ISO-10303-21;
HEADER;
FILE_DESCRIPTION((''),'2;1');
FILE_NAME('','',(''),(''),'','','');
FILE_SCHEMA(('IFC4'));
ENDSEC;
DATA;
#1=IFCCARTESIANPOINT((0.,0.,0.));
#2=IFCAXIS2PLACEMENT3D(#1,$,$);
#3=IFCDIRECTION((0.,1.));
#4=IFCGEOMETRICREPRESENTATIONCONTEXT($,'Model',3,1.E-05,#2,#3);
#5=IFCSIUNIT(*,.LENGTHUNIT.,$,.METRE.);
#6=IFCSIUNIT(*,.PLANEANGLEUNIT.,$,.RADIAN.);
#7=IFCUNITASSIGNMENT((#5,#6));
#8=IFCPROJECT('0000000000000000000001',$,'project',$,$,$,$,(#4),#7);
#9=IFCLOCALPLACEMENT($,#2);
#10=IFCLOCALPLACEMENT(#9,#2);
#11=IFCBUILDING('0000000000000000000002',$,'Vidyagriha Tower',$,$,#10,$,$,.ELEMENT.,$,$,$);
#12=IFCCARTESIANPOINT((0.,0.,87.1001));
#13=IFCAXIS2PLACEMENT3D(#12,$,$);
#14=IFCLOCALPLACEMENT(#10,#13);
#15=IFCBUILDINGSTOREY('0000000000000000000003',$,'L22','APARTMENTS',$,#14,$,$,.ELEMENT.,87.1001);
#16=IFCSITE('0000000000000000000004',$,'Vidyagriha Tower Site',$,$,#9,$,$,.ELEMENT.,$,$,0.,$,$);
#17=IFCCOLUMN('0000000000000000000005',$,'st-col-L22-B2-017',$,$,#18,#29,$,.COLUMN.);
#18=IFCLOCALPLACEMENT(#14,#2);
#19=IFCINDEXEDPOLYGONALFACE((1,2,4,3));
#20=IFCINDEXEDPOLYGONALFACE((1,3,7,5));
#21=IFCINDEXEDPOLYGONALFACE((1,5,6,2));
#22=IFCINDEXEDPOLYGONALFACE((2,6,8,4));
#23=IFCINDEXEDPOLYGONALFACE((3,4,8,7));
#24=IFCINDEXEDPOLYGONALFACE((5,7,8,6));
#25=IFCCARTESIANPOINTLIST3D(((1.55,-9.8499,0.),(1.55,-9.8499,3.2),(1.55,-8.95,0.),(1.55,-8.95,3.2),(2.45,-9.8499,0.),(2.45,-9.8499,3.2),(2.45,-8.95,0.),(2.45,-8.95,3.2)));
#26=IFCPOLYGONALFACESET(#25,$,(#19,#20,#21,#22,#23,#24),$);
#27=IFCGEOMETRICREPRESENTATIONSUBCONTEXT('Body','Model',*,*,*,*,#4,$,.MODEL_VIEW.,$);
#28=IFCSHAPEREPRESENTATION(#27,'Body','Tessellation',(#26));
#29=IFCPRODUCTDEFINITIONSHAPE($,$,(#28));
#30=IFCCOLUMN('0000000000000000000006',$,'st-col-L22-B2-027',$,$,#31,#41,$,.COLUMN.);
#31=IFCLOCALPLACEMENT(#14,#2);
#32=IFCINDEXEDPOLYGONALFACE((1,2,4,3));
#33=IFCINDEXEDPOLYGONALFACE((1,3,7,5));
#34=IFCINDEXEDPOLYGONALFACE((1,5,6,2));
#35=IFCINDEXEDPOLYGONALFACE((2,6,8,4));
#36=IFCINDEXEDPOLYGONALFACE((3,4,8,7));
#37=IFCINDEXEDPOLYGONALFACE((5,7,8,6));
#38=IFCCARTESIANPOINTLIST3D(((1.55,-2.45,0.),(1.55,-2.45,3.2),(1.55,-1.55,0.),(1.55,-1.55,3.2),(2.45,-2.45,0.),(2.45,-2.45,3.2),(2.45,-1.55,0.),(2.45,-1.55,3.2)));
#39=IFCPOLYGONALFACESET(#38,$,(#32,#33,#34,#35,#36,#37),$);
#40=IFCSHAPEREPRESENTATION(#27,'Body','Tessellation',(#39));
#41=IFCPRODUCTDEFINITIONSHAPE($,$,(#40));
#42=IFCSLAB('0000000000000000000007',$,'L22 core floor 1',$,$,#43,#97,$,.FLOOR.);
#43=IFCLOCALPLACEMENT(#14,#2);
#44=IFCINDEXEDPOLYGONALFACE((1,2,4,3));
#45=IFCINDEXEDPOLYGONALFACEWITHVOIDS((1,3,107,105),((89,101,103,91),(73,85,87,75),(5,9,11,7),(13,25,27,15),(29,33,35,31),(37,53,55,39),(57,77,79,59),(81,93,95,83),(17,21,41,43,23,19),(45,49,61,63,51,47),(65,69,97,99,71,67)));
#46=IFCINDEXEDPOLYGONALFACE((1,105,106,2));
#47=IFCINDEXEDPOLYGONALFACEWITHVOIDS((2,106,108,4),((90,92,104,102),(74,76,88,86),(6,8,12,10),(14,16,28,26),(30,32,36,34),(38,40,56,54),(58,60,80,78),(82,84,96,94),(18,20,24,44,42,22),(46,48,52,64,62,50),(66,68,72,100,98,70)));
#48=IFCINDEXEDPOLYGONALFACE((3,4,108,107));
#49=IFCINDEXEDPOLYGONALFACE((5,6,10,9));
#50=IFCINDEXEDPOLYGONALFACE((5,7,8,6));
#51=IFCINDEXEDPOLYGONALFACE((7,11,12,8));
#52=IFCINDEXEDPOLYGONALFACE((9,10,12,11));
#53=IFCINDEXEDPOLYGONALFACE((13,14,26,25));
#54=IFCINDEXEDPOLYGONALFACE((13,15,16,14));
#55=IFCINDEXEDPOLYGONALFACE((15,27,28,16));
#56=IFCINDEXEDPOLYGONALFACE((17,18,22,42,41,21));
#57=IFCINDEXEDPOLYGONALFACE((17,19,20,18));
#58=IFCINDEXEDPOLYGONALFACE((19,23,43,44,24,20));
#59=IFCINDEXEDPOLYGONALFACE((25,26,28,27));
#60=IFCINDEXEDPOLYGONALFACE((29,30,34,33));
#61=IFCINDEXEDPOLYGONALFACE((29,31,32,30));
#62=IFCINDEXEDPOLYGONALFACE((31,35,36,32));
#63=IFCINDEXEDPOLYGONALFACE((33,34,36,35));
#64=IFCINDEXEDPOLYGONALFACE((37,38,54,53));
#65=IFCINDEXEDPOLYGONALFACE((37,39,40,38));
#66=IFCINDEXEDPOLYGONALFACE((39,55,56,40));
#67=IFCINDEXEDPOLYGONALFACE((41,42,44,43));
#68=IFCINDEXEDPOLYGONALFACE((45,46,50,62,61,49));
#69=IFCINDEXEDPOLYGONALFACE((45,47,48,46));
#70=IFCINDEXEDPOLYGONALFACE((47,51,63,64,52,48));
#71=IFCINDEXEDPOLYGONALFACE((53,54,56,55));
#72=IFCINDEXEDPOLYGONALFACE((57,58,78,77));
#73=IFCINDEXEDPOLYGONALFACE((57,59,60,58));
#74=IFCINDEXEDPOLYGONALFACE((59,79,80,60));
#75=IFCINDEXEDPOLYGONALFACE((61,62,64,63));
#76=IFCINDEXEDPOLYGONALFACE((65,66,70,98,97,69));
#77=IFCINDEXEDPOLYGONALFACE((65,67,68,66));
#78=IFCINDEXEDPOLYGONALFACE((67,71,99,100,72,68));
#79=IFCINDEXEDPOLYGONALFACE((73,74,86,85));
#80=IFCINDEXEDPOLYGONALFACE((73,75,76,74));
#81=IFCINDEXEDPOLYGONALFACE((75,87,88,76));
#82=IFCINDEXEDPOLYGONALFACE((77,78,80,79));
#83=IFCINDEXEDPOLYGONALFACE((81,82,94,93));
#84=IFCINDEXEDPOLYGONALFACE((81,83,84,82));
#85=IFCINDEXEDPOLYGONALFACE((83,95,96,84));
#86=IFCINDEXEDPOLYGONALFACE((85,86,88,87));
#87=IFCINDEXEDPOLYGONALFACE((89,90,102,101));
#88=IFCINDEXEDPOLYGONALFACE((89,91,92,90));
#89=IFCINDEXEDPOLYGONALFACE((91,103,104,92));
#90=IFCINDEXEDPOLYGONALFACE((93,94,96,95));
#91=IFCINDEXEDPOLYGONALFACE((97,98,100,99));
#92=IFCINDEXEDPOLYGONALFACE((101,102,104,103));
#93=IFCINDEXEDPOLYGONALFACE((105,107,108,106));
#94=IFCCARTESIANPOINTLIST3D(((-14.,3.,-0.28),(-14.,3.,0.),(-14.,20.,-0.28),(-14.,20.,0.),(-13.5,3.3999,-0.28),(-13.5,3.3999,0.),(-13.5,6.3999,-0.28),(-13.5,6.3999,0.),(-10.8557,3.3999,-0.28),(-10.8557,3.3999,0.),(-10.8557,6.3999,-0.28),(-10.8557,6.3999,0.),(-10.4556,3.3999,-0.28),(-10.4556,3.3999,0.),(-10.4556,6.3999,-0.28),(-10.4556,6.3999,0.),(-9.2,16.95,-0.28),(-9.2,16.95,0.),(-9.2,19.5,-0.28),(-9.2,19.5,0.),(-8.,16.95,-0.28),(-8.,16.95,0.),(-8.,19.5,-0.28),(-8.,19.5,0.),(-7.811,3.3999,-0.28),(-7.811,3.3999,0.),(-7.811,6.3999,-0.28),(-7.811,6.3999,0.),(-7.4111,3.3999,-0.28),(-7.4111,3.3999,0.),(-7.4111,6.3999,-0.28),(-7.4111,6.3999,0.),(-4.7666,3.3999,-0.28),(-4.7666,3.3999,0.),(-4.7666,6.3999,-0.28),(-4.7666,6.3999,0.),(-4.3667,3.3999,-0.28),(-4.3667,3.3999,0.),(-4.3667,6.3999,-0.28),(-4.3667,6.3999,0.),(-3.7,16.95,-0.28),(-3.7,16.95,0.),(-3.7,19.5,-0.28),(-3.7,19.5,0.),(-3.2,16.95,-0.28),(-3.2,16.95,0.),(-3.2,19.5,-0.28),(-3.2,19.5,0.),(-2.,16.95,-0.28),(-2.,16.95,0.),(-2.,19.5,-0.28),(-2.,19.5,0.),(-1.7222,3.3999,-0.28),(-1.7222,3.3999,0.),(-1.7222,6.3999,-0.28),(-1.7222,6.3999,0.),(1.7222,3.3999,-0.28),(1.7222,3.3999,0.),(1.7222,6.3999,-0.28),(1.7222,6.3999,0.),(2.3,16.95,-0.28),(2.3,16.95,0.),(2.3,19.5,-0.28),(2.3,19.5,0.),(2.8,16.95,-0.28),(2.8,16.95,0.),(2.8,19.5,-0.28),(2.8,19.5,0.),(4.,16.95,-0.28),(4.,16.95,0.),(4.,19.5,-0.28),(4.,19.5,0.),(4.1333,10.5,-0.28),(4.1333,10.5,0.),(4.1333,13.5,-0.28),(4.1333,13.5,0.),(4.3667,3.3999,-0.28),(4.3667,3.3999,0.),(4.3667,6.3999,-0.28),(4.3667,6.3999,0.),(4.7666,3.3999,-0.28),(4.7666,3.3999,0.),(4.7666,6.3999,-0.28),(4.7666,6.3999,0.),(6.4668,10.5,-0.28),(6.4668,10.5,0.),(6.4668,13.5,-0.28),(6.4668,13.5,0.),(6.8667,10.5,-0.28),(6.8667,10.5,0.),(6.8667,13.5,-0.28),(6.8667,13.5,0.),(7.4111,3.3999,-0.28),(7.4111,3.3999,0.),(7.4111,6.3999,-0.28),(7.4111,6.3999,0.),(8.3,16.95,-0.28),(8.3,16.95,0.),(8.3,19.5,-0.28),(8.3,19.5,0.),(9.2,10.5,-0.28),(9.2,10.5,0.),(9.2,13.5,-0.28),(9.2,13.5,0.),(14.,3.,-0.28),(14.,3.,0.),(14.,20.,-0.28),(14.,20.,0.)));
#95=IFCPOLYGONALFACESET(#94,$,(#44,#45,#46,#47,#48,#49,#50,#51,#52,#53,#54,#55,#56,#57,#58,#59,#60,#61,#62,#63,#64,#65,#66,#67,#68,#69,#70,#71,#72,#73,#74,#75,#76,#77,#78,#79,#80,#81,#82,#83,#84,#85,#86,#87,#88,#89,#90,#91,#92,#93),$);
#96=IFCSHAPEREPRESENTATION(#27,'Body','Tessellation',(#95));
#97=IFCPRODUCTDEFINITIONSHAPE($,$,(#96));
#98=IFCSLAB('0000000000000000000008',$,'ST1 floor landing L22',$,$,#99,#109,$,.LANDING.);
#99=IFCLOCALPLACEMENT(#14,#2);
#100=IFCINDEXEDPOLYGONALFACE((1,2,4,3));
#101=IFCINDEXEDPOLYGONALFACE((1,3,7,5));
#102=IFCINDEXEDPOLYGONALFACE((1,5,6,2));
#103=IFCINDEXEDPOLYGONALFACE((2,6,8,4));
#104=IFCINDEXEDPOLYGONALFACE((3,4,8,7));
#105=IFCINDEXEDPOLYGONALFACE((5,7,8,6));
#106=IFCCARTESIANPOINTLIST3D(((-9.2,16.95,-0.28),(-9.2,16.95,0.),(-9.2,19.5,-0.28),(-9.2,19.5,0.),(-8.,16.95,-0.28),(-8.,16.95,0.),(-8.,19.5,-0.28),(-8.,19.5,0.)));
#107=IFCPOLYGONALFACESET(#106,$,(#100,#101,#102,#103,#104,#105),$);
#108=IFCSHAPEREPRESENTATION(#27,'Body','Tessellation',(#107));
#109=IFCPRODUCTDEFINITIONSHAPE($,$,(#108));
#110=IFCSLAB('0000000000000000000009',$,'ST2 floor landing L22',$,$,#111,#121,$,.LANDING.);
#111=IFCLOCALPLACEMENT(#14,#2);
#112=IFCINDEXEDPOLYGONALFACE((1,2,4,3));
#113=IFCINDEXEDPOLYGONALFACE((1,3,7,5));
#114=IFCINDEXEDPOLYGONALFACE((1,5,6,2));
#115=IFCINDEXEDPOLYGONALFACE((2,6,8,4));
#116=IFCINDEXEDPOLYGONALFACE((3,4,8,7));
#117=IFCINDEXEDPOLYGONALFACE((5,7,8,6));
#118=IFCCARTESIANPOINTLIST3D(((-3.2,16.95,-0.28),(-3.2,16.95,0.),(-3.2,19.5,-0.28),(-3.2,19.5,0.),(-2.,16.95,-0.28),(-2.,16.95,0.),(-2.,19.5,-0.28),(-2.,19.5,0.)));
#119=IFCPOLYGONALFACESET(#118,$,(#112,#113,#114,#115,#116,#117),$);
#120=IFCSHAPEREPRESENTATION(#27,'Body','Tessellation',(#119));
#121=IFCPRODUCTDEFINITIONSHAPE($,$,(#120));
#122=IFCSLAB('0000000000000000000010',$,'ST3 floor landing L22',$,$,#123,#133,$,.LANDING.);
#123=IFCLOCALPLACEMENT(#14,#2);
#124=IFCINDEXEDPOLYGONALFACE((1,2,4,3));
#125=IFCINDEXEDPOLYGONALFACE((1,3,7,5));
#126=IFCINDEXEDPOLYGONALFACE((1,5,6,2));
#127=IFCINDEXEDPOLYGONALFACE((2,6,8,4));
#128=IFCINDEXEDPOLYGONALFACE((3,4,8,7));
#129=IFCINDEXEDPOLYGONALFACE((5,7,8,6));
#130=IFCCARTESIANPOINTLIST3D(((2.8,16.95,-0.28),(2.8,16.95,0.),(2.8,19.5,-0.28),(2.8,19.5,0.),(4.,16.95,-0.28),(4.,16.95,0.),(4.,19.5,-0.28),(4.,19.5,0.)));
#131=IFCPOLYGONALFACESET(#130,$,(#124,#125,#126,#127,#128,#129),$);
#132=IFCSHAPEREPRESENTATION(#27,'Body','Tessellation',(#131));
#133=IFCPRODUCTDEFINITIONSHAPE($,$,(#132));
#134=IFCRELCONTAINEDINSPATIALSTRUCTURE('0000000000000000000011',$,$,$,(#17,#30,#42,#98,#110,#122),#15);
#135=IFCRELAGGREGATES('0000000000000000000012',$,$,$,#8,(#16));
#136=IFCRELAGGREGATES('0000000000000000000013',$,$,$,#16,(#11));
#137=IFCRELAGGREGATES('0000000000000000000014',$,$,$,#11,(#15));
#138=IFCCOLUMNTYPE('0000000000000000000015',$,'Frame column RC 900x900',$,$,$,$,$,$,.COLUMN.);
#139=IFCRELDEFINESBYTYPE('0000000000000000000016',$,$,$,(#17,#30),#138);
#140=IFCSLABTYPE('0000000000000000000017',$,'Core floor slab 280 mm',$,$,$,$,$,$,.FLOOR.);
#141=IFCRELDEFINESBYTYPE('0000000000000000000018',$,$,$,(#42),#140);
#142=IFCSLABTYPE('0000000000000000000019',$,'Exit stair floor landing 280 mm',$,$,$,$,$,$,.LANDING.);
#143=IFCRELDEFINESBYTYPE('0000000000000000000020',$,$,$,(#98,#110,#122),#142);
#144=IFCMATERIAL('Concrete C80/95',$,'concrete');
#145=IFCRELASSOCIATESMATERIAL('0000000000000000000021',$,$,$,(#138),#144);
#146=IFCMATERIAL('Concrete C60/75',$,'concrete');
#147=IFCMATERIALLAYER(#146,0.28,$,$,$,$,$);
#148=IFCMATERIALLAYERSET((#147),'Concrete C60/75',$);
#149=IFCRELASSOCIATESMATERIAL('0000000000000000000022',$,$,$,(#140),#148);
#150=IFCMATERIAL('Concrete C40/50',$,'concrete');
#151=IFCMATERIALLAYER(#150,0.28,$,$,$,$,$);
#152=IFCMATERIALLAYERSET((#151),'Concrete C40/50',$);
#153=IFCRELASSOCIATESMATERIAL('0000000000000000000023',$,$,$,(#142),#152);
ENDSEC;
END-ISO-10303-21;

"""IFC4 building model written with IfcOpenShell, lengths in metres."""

from ifc_helpers import new_model, si_unit, direction, frame, origin, origin_2d, place, context, subcontext, project, spatial, polyline, rectangle, outline, extrude, material, layer, layer_set, material_profile, profile_set, type_object, element, save


model = new_model("IFC4")

# Units and contexts
model_context = context("Model", 3, precision=1e-05, world=origin(), true_north=direction((0.0, 1.0)))
body_context = subcontext(model_context, "Body", "Model", "MODEL_VIEW")
ifc_project = project(units=[si_unit("LENGTHUNIT", "METRE"), si_unit("PLANEANGLEUNIT", "RADIAN")], contexts=[model_context])

# Site, building, storey
site_placement = place(None, origin())
site = spatial("IfcSite", under=ifc_project, at=site_placement, Name="Vidyagriha Tower Site", CompositionType="ELEMENT", RefElevation=0.0)
building_placement = place(site_placement, origin())
building = spatial("IfcBuilding", under=site, at=building_placement, Name="Vidyagriha Tower", CompositionType="ELEMENT")
storey_placement = place(building_placement, frame((0.0, 0.0, 87.1001)))
storey = spatial("IfcBuildingStorey", under=building, at=storey_placement, Name="L22", Description="APARTMENTS", CompositionType="ELEMENT", Elevation=87.1001)

# Columns
ifc_material_1 = material(Name="Concrete C80/95", Category="concrete")
ifc_material_profile = material_profile(ifc_material_1, rectangle(XDim=0.8999, YDim=0.8999, at=origin_2d()), Name="RC 900x900")
ifc_profile_set = profile_set([ifc_material_profile], Name="Concrete C80/95")
column_type = type_object("IfcColumnType", Name="Frame column RC 900x900", PredefinedType="COLUMN", material=ifc_profile_set)
for number, where, name in (
    (1, (2.0, -9.3999, 0.0), "st-col-L22-B2-017"),
    (2, (2.0, -2.0, 0.0), "st-col-L22-B2-027"),
):
    element("IfcColumn", number, at=place(storey_placement, frame(where)), inside=storey, type_object=column_type, Name=name, PredefinedType="COLUMN", context=body_context, shape_type="SweptSolid", body=[
        extrude(rectangle(XDim=0.8999, YDim=0.8999, at=origin_2d()), origin(), (0.0, 0.0, 1.0), 3.2),
    ])

# Slabs
ifc_material_2 = material(Name="Concrete C60/75", Category="concrete")
ifc_layer_1 = layer(ifc_material_2, 0.28)
ifc_layer_set_1 = layer_set([ifc_layer_1], Name="Concrete C60/75")
slab_type_1 = type_object("IfcSlabType", Name="Core floor slab 280 mm", PredefinedType="FLOOR", material=ifc_layer_set_1)
slab_1_placement = place(storey_placement, frame((0.0, 0.0, -0.28)))
element("IfcSlab", 3, at=slab_1_placement, inside=storey, type_object=slab_type_1, Name="L22 core floor 1", PredefinedType="FLOOR", context=body_context, shape_type="SweptSolid", body=[
    extrude(outline(polyline([(-14.0, 3.0), (-14.0, 20.0), (14.0, 20.0), (14.0, 3.0), (-14.0, 3.0)]), holes=[polyline([(9.2, 13.5), (6.8667, 13.5), (6.8667, 10.5), (9.2, 10.5), (9.2, 13.5)]), polyline([(4.0, 19.5), (2.8, 19.5), (2.8, 16.95), (4.0, 16.95), (8.3, 16.95), (8.3, 19.5), (4.0, 19.5)]), polyline([(7.4111, 6.3999), (4.7666, 6.3999), (4.7666, 3.3999), (7.4111, 3.3999), (7.4111, 6.3999)]), polyline([(6.4668, 13.5), (4.1333, 13.5), (4.1333, 10.5), (6.4668, 10.5), (6.4668, 13.5)]), polyline([(1.7222, 6.3999), (1.7222, 3.3999), (4.3667, 3.3999), (4.3667, 6.3999), (1.7222, 6.3999)]), polyline([(-2.0, 16.95), (2.3, 16.95), (2.3, 19.5), (-2.0, 19.5), (-3.2, 19.5), (-3.2, 16.95), (-2.0, 16.95)]), polyline([(-1.7222, 6.3999), (-4.3667, 6.3999), (-4.3667, 3.3999), (-1.7222, 3.3999), (-1.7222, 6.3999)]), polyline([(-8.0, 19.5), (-9.2, 19.5), (-9.2, 16.95), (-8.0, 16.95), (-3.7, 16.95), (-3.7, 19.5), (-8.0, 19.5)]), polyline([(-4.7666, 6.3999), (-7.4111, 6.3999), (-7.4111, 3.3999), (-4.7666, 3.3999), (-4.7666, 6.3999)]), polyline([(-7.811, 6.3999), (-10.4556, 6.3999), (-10.4556, 3.3999), (-7.811, 3.3999), (-7.811, 6.3999)]), polyline([(-13.5, 6.3999), (-13.5, 3.3999), (-10.8557, 3.3999), (-10.8557, 6.3999), (-13.5, 6.3999)])]), origin(), (0.0, 0.0, 1.0), 0.28),
])
ifc_material_3 = material(Name="Concrete C40/50", Category="concrete")
ifc_layer_2 = layer(ifc_material_3, 0.28)
ifc_layer_set_2 = layer_set([ifc_layer_2], Name="Concrete C40/50")
slab_type_2 = type_object("IfcSlabType", Name="Exit stair floor landing 280 mm", PredefinedType="LANDING", material=ifc_layer_set_2)
slab_2_placement = place(storey_placement, frame((0.0, 0.0, -0.28)))
element("IfcSlab", 4, at=slab_2_placement, inside=storey, type_object=slab_type_2, Name="ST1 floor landing L22", PredefinedType="LANDING", context=body_context, shape_type="SweptSolid", body=[
    extrude(outline(polyline([(-9.2, 16.95), (-8.0, 16.95), (-8.0, 19.5), (-9.2, 19.5), (-9.2, 16.95)])), origin(), (0.0, 0.0, 1.0), 0.28),
])
slab_3_placement = place(storey_placement, frame((0.0, 0.0, -0.28)))
element("IfcSlab", 5, at=slab_3_placement, inside=storey, type_object=slab_type_2, Name="ST2 floor landing L22", PredefinedType="LANDING", context=body_context, shape_type="SweptSolid", body=[
    extrude(outline(polyline([(-3.2, 16.95), (-2.0, 16.95), (-2.0, 19.5), (-3.2, 19.5), (-3.2, 16.95)])), origin(), (0.0, 0.0, 1.0), 0.28),
])
slab_4_placement = place(storey_placement, frame((0.0, 0.0, -0.28)))
element("IfcSlab", 6, at=slab_4_placement, inside=storey, type_object=slab_type_2, Name="ST3 floor landing L22", PredefinedType="LANDING", context=body_context, shape_type="SweptSolid", body=[
    extrude(outline(polyline([(2.8, 16.95), (4.0, 16.95), (4.0, 19.5), (2.8, 19.5), (2.8, 16.95)])), origin(), (0.0, 0.0, 1.0), 0.28),
])

save(model, "model.ifc")
